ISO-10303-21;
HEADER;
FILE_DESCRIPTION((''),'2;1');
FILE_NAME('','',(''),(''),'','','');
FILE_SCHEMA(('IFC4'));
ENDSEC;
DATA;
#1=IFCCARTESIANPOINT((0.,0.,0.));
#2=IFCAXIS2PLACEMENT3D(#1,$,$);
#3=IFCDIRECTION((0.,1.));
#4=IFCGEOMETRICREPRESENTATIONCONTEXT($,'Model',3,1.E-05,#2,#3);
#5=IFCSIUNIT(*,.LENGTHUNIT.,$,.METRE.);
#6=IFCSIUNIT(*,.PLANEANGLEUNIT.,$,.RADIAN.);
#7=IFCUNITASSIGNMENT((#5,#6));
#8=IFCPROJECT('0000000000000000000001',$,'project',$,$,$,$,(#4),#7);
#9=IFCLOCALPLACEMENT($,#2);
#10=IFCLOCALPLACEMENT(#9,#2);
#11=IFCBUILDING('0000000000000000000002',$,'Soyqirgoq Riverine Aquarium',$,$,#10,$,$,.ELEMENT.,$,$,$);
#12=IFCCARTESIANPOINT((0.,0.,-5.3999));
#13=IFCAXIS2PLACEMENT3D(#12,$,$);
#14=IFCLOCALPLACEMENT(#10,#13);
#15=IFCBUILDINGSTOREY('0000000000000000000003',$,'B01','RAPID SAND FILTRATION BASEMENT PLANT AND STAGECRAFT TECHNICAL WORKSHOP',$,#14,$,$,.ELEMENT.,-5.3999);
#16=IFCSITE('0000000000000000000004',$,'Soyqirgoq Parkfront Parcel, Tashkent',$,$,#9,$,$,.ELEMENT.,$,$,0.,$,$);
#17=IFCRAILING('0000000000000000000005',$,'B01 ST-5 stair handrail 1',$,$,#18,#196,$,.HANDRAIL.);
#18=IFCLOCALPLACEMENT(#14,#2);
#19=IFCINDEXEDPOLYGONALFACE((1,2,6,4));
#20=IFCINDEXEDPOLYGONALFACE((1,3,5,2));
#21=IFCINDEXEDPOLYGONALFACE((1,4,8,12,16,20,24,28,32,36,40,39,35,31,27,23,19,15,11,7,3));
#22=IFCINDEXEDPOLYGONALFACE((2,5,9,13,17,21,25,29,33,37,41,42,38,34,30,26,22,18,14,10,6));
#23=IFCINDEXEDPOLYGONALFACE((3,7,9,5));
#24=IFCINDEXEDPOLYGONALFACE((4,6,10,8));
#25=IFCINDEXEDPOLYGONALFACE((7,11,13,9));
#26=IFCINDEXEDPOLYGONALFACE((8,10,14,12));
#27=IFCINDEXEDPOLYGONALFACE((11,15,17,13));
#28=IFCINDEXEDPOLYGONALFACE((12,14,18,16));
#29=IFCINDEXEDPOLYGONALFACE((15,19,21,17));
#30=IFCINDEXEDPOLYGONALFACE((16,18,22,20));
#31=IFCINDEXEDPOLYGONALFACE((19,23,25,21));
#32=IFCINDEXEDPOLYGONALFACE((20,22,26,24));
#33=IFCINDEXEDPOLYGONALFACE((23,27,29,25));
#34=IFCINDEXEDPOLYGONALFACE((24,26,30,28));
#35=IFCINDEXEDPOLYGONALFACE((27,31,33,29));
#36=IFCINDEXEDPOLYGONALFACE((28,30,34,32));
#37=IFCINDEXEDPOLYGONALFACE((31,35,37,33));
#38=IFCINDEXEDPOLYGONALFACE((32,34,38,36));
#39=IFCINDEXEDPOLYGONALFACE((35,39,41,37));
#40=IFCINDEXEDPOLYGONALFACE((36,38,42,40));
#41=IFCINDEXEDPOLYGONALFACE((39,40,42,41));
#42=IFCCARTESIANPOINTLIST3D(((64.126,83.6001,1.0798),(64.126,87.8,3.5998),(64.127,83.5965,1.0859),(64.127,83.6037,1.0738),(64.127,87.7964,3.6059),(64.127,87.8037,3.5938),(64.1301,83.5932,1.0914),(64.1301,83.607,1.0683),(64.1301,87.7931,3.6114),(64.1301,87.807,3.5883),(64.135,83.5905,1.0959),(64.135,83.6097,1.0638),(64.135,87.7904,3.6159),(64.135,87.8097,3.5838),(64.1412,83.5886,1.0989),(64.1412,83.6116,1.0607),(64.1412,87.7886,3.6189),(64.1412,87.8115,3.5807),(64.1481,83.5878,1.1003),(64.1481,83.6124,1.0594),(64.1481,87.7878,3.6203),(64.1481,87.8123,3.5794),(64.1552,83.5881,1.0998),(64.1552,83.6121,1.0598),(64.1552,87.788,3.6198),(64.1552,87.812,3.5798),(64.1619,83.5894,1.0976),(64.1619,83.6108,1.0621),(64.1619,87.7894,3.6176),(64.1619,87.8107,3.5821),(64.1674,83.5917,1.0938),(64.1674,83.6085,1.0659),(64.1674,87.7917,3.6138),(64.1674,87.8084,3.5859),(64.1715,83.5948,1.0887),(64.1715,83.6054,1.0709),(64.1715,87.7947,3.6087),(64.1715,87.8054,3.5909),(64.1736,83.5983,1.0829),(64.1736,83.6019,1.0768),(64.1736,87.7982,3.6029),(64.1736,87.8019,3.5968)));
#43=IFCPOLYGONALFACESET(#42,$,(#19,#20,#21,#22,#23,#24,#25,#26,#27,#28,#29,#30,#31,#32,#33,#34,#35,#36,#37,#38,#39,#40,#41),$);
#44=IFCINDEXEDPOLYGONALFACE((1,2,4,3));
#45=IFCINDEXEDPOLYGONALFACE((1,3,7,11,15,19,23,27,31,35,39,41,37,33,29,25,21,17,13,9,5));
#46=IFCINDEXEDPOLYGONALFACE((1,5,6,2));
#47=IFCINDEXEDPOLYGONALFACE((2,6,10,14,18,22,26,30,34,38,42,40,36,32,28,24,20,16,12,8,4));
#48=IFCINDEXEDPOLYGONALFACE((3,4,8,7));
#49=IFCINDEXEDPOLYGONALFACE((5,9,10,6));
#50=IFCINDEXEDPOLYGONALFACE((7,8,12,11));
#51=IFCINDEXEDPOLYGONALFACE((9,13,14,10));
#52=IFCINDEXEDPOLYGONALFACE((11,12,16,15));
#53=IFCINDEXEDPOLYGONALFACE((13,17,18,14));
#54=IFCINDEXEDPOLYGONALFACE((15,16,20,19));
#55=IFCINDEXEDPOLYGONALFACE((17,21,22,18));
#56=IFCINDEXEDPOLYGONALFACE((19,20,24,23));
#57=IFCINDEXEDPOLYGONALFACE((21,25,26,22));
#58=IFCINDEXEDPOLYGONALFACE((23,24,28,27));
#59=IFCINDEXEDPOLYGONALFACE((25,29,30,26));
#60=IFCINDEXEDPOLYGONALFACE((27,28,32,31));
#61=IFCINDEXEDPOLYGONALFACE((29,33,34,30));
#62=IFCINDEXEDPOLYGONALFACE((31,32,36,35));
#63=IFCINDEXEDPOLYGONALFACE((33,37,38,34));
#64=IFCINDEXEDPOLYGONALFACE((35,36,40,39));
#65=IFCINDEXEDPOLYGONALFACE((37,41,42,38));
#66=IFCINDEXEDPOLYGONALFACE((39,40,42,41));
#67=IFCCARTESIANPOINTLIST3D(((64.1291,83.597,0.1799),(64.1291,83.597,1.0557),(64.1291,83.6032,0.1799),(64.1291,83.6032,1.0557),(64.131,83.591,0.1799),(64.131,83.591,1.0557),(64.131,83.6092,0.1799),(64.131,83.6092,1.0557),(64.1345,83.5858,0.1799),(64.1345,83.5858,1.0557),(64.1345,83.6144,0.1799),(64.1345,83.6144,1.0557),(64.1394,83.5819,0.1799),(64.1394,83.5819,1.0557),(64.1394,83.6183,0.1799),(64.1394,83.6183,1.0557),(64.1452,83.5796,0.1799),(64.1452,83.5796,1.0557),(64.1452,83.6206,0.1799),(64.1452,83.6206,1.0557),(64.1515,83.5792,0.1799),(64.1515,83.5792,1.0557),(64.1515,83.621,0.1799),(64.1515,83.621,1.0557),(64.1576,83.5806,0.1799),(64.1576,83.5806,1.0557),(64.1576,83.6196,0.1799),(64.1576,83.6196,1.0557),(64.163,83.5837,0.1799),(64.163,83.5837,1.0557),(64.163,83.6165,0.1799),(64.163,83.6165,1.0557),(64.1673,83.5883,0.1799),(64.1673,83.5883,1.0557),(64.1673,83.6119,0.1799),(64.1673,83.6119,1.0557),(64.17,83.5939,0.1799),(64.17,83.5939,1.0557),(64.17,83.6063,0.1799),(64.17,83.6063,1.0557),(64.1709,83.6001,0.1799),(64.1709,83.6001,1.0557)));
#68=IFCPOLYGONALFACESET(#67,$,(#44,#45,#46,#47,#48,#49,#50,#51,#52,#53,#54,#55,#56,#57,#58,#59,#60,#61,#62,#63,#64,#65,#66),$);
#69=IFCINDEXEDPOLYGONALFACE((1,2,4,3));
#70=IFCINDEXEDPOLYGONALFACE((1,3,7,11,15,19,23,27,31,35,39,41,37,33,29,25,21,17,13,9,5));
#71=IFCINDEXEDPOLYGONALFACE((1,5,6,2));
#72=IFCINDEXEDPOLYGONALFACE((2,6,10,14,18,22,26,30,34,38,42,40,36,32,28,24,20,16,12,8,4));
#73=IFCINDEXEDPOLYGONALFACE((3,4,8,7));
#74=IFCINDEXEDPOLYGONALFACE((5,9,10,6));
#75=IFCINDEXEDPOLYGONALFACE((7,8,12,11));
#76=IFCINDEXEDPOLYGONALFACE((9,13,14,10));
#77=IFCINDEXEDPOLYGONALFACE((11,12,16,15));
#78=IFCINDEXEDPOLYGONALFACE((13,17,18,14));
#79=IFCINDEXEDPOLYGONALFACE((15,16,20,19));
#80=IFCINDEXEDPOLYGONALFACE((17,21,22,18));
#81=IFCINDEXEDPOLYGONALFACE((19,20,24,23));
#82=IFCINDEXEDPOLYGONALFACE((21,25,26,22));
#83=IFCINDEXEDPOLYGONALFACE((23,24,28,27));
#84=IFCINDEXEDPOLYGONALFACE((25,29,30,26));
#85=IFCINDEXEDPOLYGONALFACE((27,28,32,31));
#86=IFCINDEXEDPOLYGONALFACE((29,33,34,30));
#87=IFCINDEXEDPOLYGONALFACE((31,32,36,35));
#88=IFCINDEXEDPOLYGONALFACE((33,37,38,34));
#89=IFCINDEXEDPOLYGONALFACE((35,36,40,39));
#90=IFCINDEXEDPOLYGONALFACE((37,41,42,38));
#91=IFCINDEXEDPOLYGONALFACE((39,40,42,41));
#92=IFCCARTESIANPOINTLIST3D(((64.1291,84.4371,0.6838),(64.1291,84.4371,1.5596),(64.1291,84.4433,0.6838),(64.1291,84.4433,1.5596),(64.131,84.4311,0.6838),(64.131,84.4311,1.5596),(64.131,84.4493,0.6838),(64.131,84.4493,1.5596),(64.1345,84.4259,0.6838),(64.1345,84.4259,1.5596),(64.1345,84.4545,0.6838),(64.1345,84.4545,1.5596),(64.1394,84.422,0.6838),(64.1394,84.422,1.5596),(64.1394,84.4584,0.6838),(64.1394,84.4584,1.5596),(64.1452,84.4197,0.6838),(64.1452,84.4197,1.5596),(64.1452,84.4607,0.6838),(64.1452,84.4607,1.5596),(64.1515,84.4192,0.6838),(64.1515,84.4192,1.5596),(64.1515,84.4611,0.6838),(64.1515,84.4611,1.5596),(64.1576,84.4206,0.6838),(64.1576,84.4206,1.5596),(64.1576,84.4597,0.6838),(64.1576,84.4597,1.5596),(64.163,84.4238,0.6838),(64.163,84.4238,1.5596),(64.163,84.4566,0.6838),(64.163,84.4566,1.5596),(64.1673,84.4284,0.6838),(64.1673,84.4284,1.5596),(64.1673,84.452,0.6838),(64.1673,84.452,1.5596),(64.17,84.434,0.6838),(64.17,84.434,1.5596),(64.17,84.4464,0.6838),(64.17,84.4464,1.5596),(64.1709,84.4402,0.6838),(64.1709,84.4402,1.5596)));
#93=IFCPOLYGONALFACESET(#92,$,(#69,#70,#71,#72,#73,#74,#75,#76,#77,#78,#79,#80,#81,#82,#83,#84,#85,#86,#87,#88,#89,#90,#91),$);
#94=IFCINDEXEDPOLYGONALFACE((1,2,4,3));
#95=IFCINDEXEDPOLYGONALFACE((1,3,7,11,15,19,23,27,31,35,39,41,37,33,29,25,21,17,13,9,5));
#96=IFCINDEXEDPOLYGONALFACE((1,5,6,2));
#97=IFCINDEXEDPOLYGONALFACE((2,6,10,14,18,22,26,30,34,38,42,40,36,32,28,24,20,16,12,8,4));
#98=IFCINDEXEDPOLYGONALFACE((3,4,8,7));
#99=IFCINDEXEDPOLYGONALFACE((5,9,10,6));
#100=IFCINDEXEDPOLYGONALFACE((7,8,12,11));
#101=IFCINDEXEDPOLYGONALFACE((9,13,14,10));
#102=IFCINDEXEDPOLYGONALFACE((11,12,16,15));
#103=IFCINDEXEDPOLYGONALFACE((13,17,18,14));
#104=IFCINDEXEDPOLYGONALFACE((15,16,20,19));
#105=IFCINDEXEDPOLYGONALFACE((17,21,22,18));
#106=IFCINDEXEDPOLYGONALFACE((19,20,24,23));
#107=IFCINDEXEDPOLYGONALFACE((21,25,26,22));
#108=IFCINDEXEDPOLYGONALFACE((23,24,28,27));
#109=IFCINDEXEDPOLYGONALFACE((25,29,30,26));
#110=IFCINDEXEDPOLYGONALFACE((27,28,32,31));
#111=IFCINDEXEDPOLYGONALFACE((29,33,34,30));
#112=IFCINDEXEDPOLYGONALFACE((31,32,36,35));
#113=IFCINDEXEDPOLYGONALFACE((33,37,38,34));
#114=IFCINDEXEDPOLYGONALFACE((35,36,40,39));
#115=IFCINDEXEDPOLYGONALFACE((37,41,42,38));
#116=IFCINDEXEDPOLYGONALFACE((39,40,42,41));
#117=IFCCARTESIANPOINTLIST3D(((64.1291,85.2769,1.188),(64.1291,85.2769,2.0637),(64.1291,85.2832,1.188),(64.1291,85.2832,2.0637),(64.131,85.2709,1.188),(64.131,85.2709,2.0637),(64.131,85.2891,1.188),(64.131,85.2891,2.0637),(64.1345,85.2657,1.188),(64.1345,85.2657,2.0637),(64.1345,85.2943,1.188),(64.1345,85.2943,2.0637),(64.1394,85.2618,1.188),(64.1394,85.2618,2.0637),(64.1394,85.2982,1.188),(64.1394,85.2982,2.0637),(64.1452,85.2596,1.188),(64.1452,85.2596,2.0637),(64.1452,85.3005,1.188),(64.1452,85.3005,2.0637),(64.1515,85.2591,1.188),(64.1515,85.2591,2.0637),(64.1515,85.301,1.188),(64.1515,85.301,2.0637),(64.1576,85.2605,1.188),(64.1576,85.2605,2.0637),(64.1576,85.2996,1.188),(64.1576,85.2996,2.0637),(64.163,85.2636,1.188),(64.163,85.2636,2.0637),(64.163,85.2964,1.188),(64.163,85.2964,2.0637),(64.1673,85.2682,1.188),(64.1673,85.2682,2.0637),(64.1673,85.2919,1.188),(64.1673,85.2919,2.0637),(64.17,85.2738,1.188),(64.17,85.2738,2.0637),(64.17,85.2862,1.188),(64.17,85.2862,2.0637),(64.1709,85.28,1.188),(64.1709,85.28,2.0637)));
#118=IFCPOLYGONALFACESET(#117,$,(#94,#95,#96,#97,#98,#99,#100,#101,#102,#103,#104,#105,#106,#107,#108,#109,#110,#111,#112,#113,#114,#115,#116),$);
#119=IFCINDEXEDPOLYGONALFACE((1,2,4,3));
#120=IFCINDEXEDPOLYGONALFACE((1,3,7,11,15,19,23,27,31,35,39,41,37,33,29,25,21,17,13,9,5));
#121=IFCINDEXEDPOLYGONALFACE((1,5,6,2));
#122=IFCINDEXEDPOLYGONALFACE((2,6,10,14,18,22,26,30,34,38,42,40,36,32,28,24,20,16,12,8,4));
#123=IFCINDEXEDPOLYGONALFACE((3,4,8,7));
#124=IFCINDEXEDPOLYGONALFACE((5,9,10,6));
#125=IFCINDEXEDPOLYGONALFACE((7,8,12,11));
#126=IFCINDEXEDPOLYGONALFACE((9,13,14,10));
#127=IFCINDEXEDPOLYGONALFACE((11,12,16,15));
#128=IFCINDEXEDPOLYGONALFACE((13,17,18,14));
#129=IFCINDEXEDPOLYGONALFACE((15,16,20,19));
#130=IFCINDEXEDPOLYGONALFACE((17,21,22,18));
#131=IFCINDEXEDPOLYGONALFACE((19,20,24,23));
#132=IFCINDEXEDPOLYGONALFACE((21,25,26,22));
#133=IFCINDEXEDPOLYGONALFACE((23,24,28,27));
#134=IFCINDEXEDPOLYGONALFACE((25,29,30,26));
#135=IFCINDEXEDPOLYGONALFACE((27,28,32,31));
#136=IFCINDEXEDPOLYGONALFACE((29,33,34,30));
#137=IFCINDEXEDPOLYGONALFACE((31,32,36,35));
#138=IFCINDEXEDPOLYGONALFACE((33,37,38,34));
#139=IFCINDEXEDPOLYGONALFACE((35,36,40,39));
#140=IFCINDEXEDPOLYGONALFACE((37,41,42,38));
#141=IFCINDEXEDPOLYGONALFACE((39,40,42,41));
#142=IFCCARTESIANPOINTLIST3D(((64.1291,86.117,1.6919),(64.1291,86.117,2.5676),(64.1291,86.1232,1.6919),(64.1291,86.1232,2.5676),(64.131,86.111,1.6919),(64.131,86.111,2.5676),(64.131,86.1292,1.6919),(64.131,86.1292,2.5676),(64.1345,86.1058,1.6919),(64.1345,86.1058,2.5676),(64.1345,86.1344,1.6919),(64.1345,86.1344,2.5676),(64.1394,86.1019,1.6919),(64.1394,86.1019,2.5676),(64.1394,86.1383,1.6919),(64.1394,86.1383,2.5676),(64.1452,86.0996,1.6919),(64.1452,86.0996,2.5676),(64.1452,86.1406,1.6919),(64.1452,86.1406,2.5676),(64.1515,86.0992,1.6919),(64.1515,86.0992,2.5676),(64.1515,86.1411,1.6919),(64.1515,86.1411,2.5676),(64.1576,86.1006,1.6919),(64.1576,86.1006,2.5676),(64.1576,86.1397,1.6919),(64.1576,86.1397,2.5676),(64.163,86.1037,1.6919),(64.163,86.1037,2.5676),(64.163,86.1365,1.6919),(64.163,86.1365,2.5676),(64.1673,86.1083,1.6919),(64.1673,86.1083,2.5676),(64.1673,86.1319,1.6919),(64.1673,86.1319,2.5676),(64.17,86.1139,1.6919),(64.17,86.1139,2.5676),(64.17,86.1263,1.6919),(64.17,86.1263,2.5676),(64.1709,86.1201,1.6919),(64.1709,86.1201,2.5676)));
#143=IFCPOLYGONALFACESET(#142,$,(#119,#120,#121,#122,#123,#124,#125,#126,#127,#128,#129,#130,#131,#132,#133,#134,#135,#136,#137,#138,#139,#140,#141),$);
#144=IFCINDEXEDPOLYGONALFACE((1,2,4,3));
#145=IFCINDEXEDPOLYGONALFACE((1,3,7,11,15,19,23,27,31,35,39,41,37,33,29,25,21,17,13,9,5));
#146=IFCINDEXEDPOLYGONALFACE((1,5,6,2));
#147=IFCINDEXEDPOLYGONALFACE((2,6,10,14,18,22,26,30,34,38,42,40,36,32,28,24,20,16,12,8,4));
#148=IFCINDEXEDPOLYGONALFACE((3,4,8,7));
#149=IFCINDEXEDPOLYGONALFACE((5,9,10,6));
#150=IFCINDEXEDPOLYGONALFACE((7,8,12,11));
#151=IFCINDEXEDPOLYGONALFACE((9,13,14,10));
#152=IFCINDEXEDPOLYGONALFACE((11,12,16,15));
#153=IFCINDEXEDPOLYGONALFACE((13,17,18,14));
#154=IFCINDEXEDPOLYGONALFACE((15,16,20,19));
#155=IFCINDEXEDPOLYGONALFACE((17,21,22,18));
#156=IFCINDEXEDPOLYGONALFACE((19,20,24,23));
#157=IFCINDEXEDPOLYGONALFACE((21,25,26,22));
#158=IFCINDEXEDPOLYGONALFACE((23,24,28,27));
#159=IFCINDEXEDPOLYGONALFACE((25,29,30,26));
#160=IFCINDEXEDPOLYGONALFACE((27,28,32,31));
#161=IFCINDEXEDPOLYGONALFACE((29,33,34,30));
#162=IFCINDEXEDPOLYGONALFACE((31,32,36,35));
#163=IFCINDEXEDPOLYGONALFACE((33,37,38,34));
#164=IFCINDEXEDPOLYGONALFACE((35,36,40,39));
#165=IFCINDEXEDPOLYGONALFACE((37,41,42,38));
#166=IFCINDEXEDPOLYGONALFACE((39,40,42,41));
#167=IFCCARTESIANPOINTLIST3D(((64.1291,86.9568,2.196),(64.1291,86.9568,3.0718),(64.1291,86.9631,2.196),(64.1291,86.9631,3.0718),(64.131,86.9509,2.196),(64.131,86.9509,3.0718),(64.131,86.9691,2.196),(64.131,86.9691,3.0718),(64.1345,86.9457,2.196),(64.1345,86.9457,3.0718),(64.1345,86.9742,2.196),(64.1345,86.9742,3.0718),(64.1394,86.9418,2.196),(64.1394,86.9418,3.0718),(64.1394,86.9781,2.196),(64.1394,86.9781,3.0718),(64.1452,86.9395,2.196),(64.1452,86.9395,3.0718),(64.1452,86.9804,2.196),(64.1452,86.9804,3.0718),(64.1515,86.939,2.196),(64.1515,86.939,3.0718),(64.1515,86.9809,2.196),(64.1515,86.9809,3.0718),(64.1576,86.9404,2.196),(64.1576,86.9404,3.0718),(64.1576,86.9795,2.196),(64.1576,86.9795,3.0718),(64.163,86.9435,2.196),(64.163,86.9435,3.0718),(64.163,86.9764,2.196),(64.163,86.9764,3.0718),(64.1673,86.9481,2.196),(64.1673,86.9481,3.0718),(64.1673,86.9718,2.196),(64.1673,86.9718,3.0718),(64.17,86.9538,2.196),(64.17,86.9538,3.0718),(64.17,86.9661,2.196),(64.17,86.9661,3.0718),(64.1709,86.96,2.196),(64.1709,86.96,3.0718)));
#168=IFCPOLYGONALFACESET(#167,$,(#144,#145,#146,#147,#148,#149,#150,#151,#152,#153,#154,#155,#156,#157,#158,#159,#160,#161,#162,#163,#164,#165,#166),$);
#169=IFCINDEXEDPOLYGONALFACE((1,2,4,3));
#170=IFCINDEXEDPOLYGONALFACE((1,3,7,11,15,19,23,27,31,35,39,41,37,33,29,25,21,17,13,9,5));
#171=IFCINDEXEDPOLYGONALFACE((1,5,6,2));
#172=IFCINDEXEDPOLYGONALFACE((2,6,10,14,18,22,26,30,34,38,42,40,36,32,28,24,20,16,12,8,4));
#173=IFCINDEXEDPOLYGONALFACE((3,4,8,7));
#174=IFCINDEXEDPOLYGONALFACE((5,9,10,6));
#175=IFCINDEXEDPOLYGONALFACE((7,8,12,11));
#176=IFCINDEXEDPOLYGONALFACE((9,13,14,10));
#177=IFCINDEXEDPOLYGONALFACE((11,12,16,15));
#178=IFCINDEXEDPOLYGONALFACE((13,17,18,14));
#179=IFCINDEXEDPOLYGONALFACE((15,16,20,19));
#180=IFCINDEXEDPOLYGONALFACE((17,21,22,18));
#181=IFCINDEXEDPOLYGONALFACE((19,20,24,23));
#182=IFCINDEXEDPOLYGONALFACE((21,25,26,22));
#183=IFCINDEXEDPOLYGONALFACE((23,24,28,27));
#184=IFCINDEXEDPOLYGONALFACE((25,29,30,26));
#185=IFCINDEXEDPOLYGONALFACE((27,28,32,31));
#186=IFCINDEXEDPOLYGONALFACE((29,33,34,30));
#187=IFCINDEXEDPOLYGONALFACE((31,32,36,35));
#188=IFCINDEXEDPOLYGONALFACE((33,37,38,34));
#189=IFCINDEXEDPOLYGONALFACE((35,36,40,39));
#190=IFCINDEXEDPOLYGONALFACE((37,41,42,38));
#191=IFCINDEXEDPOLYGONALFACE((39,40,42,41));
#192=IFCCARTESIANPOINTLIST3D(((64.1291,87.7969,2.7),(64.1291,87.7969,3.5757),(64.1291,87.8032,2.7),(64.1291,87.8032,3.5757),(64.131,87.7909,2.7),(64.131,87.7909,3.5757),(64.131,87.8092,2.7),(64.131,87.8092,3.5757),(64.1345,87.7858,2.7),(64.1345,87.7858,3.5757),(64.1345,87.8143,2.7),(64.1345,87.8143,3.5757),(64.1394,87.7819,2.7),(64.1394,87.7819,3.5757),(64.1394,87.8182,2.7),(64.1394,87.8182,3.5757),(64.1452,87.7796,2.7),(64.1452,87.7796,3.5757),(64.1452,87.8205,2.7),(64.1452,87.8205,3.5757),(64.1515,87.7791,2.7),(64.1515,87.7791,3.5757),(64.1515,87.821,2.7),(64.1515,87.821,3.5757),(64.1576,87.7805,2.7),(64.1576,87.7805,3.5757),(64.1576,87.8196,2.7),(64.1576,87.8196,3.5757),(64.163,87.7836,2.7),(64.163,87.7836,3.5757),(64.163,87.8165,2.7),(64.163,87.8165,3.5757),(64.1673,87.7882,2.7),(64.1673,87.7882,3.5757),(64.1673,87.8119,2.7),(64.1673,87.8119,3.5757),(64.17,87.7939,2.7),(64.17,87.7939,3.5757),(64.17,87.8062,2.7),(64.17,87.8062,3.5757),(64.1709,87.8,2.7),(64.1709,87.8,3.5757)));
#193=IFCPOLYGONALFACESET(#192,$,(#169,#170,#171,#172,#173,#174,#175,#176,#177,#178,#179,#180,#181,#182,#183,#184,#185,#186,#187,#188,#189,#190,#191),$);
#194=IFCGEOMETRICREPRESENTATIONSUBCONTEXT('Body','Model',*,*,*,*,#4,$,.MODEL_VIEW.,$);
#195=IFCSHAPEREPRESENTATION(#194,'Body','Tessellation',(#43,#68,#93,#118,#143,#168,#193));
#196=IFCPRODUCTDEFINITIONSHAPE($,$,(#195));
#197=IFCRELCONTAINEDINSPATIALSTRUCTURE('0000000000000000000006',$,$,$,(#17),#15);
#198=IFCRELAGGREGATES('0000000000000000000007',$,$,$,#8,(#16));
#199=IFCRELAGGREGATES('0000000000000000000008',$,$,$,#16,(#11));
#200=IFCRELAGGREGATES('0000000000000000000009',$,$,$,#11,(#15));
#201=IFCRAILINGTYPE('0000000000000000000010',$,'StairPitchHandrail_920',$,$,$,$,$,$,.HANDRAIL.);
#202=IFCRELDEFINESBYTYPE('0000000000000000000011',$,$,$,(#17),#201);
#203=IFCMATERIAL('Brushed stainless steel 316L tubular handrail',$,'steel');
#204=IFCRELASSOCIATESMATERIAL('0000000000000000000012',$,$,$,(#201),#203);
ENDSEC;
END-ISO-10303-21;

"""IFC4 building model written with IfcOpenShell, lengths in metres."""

from ifc_helpers import new_model, si_unit, direction, frame, origin, origin_2d, place, context, subcontext, project, spatial, circle, extrude, material, type_object, element, save


model = new_model("IFC4")

# Units and contexts
model_context = context("Model", 3, precision=1e-05, world=origin(), true_north=direction((0.0, 1.0)))
body_context = subcontext(model_context, "Body", "Model", "MODEL_VIEW")
ifc_project = project(units=[si_unit("LENGTHUNIT", "METRE"), si_unit("PLANEANGLEUNIT", "RADIAN")], contexts=[model_context])

# Site, building, storey
site_placement = place(None, origin())
site = spatial("IfcSite", under=ifc_project, at=site_placement, Name="Soyqirgoq Parkfront Parcel, Tashkent", CompositionType="ELEMENT", RefElevation=0.0)
building_placement = place(site_placement, origin())
building = spatial("IfcBuilding", under=site, at=building_placement, Name="Soyqirgoq Riverine Aquarium", CompositionType="ELEMENT")
storey_placement = place(building_placement, frame((0.0, 0.0, -5.3999)))
storey = spatial("IfcBuildingStorey", under=building, at=storey_placement, Name="B01", Description="RAPID SAND FILTRATION BASEMENT PLANT AND STAGECRAFT TECHNICAL WORKSHOP", CompositionType="ELEMENT", Elevation=-5.3999)

# Railing
ifc_material_1 = material(Name="Brushed stainless steel 316L tubular handrail", Category="steel")
railing_type_1 = type_object("IfcRailingType", Name="StairPitchHandrail_920", PredefinedType="HANDRAIL", material=ifc_material_1)
railing_1_placement = place(storey_placement, frame((64.1499, 83.6001, 0.1799)))
element("IfcRailing", 1, at=railing_1_placement, inside=storey, type_object=railing_type_1, Name="B01 ST-5 stair handrail 1", PredefinedType="HANDRAIL", context=body_context, shape_type="SweptSolid", body=[
    extrude(circle(Radius=0.0239, at=origin_2d()), frame((0.0, 0.0, 0.8999), z_axis=(0.0, 0.857489, 0.514503), x_axis=(-1.0, 0.0, 0.0)), (0.0, 0.0, 1.0), 4.8979),
    extrude(circle(Radius=0.021, at=origin_2d()), origin(), (0.0, 0.0, 1.0), 0.8757),
    extrude(circle(Radius=0.021, at=origin_2d()), frame((0.0, 0.8401, 0.5039)), (0.0, 0.0, 1.0), 0.8757),
    extrude(circle(Radius=0.021, at=origin_2d()), frame((0.0, 1.6799, 1.0081)), (0.0, 0.0, 1.0), 0.8757),
    extrude(circle(Radius=0.021, at=origin_2d()), frame((0.0, 2.52, 1.512)), (0.0, 0.0, 1.0), 0.8757),
    extrude(circle(Radius=0.021, at=origin_2d()), frame((0.0, 3.3599, 2.0161)), (0.0, 0.0, 1.0), 0.8757),
    extrude(circle(Radius=0.021, at=origin_2d()), frame((0.0, 4.2, 2.52)), (0.0, 0.0, 1.0), 0.8757),
])

save(model, "model.ifc")
